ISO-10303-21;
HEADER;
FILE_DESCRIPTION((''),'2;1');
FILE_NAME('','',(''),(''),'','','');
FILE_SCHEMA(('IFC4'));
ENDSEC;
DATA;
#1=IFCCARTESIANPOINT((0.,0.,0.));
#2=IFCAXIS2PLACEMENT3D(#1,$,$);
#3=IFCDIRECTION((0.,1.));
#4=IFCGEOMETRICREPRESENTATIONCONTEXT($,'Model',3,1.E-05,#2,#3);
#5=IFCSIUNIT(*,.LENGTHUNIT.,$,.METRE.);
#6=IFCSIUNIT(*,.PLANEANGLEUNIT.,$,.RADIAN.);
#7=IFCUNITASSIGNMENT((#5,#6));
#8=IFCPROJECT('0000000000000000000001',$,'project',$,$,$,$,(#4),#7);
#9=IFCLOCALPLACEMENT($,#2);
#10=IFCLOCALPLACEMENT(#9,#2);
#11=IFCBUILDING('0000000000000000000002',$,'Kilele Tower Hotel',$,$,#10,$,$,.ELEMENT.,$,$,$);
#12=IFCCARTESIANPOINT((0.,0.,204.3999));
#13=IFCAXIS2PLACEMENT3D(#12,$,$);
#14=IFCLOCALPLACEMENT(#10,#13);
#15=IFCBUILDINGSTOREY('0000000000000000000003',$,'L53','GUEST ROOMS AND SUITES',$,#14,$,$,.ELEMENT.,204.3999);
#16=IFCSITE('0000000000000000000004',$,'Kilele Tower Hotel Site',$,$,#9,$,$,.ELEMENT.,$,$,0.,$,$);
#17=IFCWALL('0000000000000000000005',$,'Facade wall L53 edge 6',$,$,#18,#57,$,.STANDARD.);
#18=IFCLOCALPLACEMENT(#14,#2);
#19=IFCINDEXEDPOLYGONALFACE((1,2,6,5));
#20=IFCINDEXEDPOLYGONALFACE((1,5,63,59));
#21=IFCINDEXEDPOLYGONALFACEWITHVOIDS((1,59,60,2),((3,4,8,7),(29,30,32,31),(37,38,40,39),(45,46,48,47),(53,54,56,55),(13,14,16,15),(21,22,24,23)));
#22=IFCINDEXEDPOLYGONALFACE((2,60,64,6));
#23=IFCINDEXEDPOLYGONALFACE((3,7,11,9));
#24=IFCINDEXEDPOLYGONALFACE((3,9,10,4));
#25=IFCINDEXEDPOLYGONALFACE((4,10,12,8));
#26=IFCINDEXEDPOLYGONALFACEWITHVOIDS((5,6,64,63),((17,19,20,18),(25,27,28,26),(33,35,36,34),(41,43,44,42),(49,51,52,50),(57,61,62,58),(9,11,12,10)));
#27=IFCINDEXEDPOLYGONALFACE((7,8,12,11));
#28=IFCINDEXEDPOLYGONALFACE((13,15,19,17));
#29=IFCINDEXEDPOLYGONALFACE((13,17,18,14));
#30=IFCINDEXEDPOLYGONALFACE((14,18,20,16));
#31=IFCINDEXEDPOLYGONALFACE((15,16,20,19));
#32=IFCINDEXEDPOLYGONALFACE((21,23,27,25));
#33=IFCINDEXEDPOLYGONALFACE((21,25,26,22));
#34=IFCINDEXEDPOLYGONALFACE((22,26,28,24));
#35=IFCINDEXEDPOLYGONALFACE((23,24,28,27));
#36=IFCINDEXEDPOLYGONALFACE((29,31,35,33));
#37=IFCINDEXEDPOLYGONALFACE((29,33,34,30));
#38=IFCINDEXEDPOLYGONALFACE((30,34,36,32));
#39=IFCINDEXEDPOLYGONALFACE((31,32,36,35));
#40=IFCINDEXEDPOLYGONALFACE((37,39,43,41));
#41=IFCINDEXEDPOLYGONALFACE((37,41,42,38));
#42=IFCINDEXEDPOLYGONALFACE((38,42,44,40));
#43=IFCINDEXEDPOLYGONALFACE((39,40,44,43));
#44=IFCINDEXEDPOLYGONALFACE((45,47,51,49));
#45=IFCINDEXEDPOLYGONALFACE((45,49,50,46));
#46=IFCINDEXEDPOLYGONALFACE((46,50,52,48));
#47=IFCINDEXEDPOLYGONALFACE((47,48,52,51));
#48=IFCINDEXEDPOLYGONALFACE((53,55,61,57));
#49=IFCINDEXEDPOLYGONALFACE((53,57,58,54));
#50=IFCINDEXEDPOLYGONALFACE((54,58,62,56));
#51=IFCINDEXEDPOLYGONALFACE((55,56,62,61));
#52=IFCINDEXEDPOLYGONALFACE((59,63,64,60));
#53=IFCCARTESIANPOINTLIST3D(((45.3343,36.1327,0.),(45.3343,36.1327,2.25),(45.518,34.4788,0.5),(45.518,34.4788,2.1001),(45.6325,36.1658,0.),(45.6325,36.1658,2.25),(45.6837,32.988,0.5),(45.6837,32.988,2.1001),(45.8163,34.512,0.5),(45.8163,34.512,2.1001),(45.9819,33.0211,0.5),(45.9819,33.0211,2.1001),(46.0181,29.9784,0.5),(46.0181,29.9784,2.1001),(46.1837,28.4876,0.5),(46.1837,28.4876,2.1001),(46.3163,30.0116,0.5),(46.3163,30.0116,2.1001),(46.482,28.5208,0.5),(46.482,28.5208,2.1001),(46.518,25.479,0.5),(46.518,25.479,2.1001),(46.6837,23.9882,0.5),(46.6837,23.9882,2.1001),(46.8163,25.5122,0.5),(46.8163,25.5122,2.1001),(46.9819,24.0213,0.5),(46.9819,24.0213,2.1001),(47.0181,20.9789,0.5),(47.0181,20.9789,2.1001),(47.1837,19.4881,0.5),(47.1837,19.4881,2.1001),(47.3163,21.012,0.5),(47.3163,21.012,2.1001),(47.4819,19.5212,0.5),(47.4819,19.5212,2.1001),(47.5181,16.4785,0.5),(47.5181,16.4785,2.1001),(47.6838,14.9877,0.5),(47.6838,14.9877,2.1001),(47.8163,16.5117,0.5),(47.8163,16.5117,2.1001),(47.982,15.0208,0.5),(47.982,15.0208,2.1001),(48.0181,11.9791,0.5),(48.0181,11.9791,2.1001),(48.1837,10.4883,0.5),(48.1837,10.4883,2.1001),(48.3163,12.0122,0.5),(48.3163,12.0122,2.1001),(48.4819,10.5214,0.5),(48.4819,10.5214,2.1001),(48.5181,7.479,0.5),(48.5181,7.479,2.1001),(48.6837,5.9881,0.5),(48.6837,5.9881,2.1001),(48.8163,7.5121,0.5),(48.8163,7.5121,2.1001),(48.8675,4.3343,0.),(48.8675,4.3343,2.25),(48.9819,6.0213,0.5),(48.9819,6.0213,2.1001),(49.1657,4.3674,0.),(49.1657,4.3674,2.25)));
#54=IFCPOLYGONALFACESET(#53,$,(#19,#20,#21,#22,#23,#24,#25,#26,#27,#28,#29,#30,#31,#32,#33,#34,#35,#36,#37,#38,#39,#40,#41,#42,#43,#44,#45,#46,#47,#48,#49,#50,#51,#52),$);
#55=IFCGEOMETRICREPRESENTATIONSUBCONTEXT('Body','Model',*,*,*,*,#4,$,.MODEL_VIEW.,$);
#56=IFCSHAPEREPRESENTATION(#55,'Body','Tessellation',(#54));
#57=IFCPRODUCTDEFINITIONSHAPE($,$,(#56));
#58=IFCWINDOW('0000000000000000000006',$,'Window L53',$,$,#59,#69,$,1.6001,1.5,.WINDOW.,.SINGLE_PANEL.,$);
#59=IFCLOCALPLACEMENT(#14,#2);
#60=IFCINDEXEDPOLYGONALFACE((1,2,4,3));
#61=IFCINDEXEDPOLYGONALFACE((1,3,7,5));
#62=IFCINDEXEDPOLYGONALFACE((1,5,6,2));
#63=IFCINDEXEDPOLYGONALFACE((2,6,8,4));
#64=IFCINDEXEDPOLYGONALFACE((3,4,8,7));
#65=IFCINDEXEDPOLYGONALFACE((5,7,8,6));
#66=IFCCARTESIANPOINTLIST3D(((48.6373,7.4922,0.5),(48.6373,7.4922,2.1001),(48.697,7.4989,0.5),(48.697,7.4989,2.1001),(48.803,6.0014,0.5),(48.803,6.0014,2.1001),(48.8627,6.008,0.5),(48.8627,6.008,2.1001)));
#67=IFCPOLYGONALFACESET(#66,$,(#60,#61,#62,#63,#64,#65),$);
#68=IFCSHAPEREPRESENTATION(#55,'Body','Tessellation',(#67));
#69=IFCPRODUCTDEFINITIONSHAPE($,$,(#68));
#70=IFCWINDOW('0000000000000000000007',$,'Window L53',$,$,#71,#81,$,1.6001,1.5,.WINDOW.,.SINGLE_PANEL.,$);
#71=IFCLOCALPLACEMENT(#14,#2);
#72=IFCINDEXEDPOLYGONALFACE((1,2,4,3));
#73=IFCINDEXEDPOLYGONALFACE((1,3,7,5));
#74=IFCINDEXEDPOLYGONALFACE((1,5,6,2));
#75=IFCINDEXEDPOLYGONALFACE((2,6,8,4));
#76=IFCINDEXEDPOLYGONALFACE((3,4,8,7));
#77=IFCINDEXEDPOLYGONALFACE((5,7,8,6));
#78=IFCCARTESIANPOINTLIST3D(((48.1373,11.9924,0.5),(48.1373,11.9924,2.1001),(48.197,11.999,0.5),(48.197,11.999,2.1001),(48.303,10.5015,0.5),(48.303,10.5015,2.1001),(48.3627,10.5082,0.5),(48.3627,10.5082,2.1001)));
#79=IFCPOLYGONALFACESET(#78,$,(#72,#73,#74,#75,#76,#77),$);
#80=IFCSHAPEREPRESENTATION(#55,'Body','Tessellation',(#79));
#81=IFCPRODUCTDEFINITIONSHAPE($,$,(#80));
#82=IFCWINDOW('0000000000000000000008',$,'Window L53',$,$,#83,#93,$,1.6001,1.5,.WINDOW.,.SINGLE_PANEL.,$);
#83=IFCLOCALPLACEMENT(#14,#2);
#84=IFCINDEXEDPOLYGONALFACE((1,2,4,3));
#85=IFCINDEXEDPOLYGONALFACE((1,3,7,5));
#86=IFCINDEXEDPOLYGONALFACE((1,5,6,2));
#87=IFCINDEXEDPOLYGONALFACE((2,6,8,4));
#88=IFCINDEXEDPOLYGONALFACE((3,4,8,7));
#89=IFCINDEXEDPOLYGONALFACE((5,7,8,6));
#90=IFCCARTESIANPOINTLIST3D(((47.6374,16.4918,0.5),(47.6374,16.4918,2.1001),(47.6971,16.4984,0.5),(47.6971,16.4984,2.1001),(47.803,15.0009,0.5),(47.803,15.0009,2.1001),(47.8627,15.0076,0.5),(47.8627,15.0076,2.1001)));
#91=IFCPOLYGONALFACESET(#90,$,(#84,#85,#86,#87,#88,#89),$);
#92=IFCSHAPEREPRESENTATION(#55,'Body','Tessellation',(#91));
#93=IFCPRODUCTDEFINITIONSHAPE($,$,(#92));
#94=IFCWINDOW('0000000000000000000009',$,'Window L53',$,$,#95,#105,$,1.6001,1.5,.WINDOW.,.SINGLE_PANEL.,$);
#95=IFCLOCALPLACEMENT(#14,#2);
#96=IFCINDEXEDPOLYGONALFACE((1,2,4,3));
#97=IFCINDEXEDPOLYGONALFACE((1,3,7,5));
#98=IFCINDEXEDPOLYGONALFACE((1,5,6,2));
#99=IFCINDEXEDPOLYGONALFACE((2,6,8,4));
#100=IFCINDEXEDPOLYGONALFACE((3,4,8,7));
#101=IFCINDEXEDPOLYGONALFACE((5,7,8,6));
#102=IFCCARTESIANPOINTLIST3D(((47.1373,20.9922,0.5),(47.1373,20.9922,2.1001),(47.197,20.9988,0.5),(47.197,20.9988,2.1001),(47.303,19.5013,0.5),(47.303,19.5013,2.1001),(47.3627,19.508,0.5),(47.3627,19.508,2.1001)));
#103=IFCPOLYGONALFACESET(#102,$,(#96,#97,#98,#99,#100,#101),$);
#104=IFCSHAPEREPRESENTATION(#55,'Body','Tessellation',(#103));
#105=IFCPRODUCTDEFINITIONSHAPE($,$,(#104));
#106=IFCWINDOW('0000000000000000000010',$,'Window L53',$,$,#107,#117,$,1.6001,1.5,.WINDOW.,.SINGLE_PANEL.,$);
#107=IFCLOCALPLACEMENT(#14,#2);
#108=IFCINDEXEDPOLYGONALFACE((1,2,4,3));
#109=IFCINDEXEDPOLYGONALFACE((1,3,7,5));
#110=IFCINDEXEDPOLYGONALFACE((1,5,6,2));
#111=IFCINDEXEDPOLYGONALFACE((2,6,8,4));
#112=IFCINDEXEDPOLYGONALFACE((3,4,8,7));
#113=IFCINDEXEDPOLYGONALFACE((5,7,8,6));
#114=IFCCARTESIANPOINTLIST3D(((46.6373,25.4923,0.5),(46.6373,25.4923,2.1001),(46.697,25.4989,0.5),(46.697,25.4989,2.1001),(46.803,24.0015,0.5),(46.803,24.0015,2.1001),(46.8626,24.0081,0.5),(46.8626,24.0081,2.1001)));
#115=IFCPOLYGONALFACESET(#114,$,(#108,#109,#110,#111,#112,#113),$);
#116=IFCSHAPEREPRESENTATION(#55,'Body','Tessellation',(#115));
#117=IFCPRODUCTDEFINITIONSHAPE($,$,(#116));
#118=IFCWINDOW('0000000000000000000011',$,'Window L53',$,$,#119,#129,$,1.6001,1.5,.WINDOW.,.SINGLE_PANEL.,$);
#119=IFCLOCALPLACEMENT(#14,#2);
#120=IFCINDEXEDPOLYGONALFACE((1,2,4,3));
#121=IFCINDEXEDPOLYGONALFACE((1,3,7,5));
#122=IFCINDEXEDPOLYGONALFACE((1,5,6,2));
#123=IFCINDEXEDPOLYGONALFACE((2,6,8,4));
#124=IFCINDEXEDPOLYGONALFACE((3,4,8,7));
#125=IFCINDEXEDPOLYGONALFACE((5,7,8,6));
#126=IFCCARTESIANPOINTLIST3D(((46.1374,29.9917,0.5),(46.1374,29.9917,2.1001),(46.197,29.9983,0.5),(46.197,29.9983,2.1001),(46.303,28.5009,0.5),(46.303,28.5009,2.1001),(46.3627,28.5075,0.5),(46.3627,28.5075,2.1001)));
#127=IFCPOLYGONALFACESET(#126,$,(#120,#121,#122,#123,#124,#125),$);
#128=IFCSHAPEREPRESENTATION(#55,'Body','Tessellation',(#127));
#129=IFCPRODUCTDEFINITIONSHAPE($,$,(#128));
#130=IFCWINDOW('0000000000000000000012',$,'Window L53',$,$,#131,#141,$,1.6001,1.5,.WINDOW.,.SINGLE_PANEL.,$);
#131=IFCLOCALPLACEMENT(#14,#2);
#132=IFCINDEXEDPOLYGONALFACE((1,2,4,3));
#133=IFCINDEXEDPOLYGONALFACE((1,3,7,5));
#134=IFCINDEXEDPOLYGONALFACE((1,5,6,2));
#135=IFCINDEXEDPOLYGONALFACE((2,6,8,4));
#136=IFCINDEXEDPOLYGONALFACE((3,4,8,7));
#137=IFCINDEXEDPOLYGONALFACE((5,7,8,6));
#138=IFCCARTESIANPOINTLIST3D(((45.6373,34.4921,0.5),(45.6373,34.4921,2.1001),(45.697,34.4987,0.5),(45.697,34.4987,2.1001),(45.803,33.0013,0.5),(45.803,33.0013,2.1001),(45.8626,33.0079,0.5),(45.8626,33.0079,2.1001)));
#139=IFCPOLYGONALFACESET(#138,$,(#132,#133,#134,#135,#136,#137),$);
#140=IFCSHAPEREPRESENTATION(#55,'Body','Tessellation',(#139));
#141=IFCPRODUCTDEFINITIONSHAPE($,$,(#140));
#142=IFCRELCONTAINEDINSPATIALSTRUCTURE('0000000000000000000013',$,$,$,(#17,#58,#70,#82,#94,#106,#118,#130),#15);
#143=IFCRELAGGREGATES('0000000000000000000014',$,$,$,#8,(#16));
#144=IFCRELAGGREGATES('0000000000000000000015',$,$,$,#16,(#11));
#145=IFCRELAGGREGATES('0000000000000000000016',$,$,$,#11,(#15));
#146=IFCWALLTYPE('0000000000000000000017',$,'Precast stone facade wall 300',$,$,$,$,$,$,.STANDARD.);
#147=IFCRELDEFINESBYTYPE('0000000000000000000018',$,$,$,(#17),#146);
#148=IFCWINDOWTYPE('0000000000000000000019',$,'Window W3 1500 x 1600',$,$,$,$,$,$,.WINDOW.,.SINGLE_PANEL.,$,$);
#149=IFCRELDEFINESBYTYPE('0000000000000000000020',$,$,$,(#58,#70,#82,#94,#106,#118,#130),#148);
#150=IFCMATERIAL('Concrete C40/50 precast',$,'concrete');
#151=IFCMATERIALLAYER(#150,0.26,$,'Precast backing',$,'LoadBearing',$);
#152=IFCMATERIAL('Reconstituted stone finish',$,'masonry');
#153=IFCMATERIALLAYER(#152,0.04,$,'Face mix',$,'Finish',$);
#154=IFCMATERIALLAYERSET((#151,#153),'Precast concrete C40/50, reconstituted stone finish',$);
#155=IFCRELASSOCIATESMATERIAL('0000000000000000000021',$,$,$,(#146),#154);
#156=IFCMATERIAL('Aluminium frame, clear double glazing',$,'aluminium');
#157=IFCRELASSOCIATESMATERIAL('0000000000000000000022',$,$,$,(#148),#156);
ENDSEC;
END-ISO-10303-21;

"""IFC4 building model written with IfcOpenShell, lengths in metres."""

from ifc_helpers import new_model, si_unit, direction, frame, frame_2d, origin, place, context, subcontext, project, spatial, rectangle, extrude, material, layer, layer_set, type_object, element, fill, save


model = new_model("IFC4")

# Units and contexts
model_context = context("Model", 3, precision=1e-05, world=origin(), true_north=direction((0.0, 1.0)))
body_context = subcontext(model_context, "Body", "Model", "MODEL_VIEW")
ifc_project = project(units=[si_unit("LENGTHUNIT", "METRE"), si_unit("PLANEANGLEUNIT", "RADIAN")], contexts=[model_context])

# Site, building, storey
site_placement = place(None, origin())
site = spatial("IfcSite", under=ifc_project, at=site_placement, Name="Kilele Tower Hotel Site", CompositionType="ELEMENT", RefElevation=0.0)
building_placement = place(site_placement, origin())
building = spatial("IfcBuilding", under=site, at=building_placement, Name="Kilele Tower Hotel", CompositionType="ELEMENT")
storey_placement = place(building_placement, frame((0.0, 0.0, 204.3999)))
storey = spatial("IfcBuildingStorey", under=building, at=storey_placement, Name="L53", Description="GUEST ROOMS AND SUITES", CompositionType="ELEMENT", Elevation=204.3999)

# Shared definitions
ifc_material_1 = material(Name="Concrete C40/50 precast", Category="concrete")
ifc_layer_1 = layer(ifc_material_1, 0.26, Name="Precast backing", Category="LoadBearing")
ifc_material_2 = material(Name="Reconstituted stone finish", Category="masonry")
ifc_layer_2 = layer(ifc_material_2, 0.04, Name="Face mix", Category="Finish")
ifc_layer_set_1 = layer_set([ifc_layer_1, ifc_layer_2], Name="Precast concrete C40/50, reconstituted stone finish")
wall_type_1 = type_object("IfcWallType", Name="Precast stone facade wall 300", PredefinedType="STANDARD", material=ifc_layer_set_1)
ifc_material_3 = material(Name="Aluminium frame, clear double glazing", Category="aluminium")
window_type_1 = type_object("IfcWindowType", Name="Window W3 1500 x 1600", PartitioningType="SINGLE_PANEL", PredefinedType="WINDOW", material=ifc_material_3)

# Wall, openings, windows
wall_1_placement = place(storey_placement, frame((49.0166, 4.3508, 0.0), z_axis=(0.0, 0.0, 1.0), x_axis=(-0.110433, 0.993884, 0.0)))
wall_1 = element("IfcWall", 1, at=wall_1_placement, inside=storey, type_object=wall_type_1, Name="Facade wall L53 edge 6", PredefinedType="STANDARD", context=body_context, shape_type="SweptSolid", body=[
    extrude(rectangle(XDim=31.9941, YDim=0.3, at=frame_2d((15.9971, 0.0))), origin(), (0.0, 0.0, 1.0), 2.25),
])
opening_1_placement = place(wall_1_placement, frame((1.6641, 0.0, 0.5)))
opening_1 = element("IfcOpeningElement", 2, at=opening_1_placement, cuts=wall_1, PredefinedType="OPENING", context=body_context, shape_type="SweptSolid", body=[
    extrude(rectangle(XDim=1.5, YDim=1.6001, at=frame_2d((0.75, 0.8))), frame((0.0, 0.1599, 0.0), z_axis=(0.0, -1.0, 0.0), x_axis=(1.0, 0.0, 0.0)), (0.0, 0.0, 1.0), 0.3201),
])
opening_2_placement = place(wall_1_placement, frame((6.1919, 0.0, 0.5)))
opening_2 = element("IfcOpeningElement", 3, at=opening_2_placement, cuts=wall_1, PredefinedType="OPENING", context=body_context, shape_type="SweptSolid", body=[
    extrude(rectangle(XDim=1.5, YDim=1.6001, at=frame_2d((0.75, 0.8))), frame((0.0, 0.1599, 0.0), z_axis=(0.0, -1.0, 0.0), x_axis=(1.0, 0.0, 0.0)), (0.0, 0.0, 1.0), 0.3201),
])
opening_3_placement = place(wall_1_placement, frame((10.719, 0.0, 0.5)))
opening_3 = element("IfcOpeningElement", 4, at=opening_3_placement, cuts=wall_1, PredefinedType="OPENING", context=body_context, shape_type="SweptSolid", body=[
    extrude(rectangle(XDim=1.5, YDim=1.6001, at=frame_2d((0.75, 0.8))), frame((0.0, 0.1599, 0.0), z_axis=(0.0, -1.0, 0.0), x_axis=(1.0, 0.0, 0.0)), (0.0, 0.0, 1.0), 0.3201),
])
opening_4_placement = place(wall_1_placement, frame((15.2471, 0.0, 0.5)))
opening_4 = element("IfcOpeningElement", 5, at=opening_4_placement, cuts=wall_1, PredefinedType="OPENING", context=body_context, shape_type="SweptSolid", body=[
    extrude(rectangle(XDim=1.5, YDim=1.6001, at=frame_2d((0.75, 0.8))), frame((0.0, 0.1599, 0.0), z_axis=(0.0, -1.0, 0.0), x_axis=(1.0, 0.0, 0.0)), (0.0, 0.0, 1.0), 0.3201),
])
opening_5_placement = place(wall_1_placement, frame((19.7749, 0.0, 0.5)))
opening_5 = element("IfcOpeningElement", 6, at=opening_5_placement, cuts=wall_1, PredefinedType="OPENING", context=body_context, shape_type="SweptSolid", body=[
    extrude(rectangle(XDim=1.5, YDim=1.6001, at=frame_2d((0.75, 0.8))), frame((0.0, 0.1599, 0.0), z_axis=(0.0, -1.0, 0.0), x_axis=(1.0, 0.0, 0.0)), (0.0, 0.0, 1.0), 0.3201),
])
opening_6_placement = place(wall_1_placement, frame((24.302, 0.0, 0.5)))
opening_6 = element("IfcOpeningElement", 7, at=opening_6_placement, cuts=wall_1, PredefinedType="OPENING", context=body_context, shape_type="SweptSolid", body=[
    extrude(rectangle(XDim=1.5, YDim=1.6001, at=frame_2d((0.75, 0.8))), frame((0.0, 0.1599, 0.0), z_axis=(0.0, -1.0, 0.0), x_axis=(1.0, 0.0, 0.0)), (0.0, 0.0, 1.0), 0.3201),
])
opening_7_placement = place(wall_1_placement, frame((28.8301, 0.0, 0.5)))
opening_7 = element("IfcOpeningElement", 8, at=opening_7_placement, cuts=wall_1, PredefinedType="OPENING", context=body_context, shape_type="SweptSolid", body=[
    extrude(rectangle(XDim=1.5, YDim=1.6001, at=frame_2d((0.75, 0.8))), frame((0.0, 0.1599, 0.0), z_axis=(0.0, -1.0, 0.0), x_axis=(1.0, 0.0, 0.0)), (0.0, 0.0, 1.0), 0.3201),
])
window_1_placement = place(opening_1_placement, origin())
window_1 = element("IfcWindow", 9, at=window_1_placement, inside=storey, type_object=window_type_1, Name="Window L53", OverallHeight=1.6001, OverallWidth=1.5, PartitioningType="SINGLE_PANEL", PredefinedType="WINDOW", context=body_context, shape_type="SweptSolid", body=[
    extrude(rectangle(XDim=1.5, YDim=1.6001, at=frame_2d((0.75, 0.8))), frame((0.0, 0.03, 0.0), z_axis=(0.0, -1.0, 0.0), x_axis=(1.0, 0.0, 0.0)), (0.0, 0.0, 1.0), 0.0601),
])
fill(opening_1, window_1)
window_2_placement = place(opening_2_placement, origin())
window_2 = element("IfcWindow", 10, at=window_2_placement, inside=storey, type_object=window_type_1, Name="Window L53", OverallHeight=1.6001, OverallWidth=1.5, PartitioningType="SINGLE_PANEL", PredefinedType="WINDOW", context=body_context, shape_type="SweptSolid", body=[
    extrude(rectangle(XDim=1.5, YDim=1.6001, at=frame_2d((0.75, 0.8))), frame((0.0, 0.03, 0.0), z_axis=(0.0, -1.0, 0.0), x_axis=(1.0, 0.0, 0.0)), (0.0, 0.0, 1.0), 0.0601),
])
fill(opening_2, window_2)
window_3_placement = place(opening_3_placement, origin())
window_3 = element("IfcWindow", 11, at=window_3_placement, inside=storey, type_object=window_type_1, Name="Window L53", OverallHeight=1.6001, OverallWidth=1.5, PartitioningType="SINGLE_PANEL", PredefinedType="WINDOW", context=body_context, shape_type="SweptSolid", body=[
    extrude(rectangle(XDim=1.5, YDim=1.6001, at=frame_2d((0.75, 0.8))), frame((0.0, 0.03, 0.0), z_axis=(0.0, -1.0, 0.0), x_axis=(1.0, 0.0, 0.0)), (0.0, 0.0, 1.0), 0.0601),
])
fill(opening_3, window_3)
window_4_placement = place(opening_4_placement, origin())
window_4 = element("IfcWindow", 12, at=window_4_placement, inside=storey, type_object=window_type_1, Name="Window L53", OverallHeight=1.6001, OverallWidth=1.5, PartitioningType="SINGLE_PANEL", PredefinedType="WINDOW", context=body_context, shape_type="SweptSolid", body=[
    extrude(rectangle(XDim=1.5, YDim=1.6001, at=frame_2d((0.75, 0.8))), frame((0.0, 0.03, 0.0), z_axis=(0.0, -1.0, 0.0), x_axis=(1.0, 0.0, 0.0)), (0.0, 0.0, 1.0), 0.0601),
])
fill(opening_4, window_4)
window_5_placement = place(opening_5_placement, origin())
window_5 = element("IfcWindow", 13, at=window_5_placement, inside=storey, type_object=window_type_1, Name="Window L53", OverallHeight=1.6001, OverallWidth=1.5, PartitioningType="SINGLE_PANEL", PredefinedType="WINDOW", context=body_context, shape_type="SweptSolid", body=[
    extrude(rectangle(XDim=1.5, YDim=1.6001, at=frame_2d((0.75, 0.8))), frame((0.0, 0.03, 0.0), z_axis=(0.0, -1.0, 0.0), x_axis=(1.0, 0.0, 0.0)), (0.0, 0.0, 1.0), 0.0601),
])
fill(opening_5, window_5)
window_6_placement = place(opening_6_placement, origin())
window_6 = element("IfcWindow", 14, at=window_6_placement, inside=storey, type_object=window_type_1, Name="Window L53", OverallHeight=1.6001, OverallWidth=1.5, PartitioningType="SINGLE_PANEL", PredefinedType="WINDOW", context=body_context, shape_type="SweptSolid", body=[
    extrude(rectangle(XDim=1.5, YDim=1.6001, at=frame_2d((0.75, 0.8))), frame((0.0, 0.03, 0.0), z_axis=(0.0, -1.0, 0.0), x_axis=(1.0, 0.0, 0.0)), (0.0, 0.0, 1.0), 0.0601),
])
fill(opening_6, window_6)
window_7_placement = place(opening_7_placement, origin())
window_7 = element("IfcWindow", 15, at=window_7_placement, inside=storey, type_object=window_type_1, Name="Window L53", OverallHeight=1.6001, OverallWidth=1.5, PartitioningType="SINGLE_PANEL", PredefinedType="WINDOW", context=body_context, shape_type="SweptSolid", body=[
    extrude(rectangle(XDim=1.5, YDim=1.6001, at=frame_2d((0.75, 0.8))), frame((0.0, 0.03, 0.0), z_axis=(0.0, -1.0, 0.0), x_axis=(1.0, 0.0, 0.0)), (0.0, 0.0, 1.0), 0.0601),
])
fill(opening_7, window_7)

save(model, "model.ifc")
